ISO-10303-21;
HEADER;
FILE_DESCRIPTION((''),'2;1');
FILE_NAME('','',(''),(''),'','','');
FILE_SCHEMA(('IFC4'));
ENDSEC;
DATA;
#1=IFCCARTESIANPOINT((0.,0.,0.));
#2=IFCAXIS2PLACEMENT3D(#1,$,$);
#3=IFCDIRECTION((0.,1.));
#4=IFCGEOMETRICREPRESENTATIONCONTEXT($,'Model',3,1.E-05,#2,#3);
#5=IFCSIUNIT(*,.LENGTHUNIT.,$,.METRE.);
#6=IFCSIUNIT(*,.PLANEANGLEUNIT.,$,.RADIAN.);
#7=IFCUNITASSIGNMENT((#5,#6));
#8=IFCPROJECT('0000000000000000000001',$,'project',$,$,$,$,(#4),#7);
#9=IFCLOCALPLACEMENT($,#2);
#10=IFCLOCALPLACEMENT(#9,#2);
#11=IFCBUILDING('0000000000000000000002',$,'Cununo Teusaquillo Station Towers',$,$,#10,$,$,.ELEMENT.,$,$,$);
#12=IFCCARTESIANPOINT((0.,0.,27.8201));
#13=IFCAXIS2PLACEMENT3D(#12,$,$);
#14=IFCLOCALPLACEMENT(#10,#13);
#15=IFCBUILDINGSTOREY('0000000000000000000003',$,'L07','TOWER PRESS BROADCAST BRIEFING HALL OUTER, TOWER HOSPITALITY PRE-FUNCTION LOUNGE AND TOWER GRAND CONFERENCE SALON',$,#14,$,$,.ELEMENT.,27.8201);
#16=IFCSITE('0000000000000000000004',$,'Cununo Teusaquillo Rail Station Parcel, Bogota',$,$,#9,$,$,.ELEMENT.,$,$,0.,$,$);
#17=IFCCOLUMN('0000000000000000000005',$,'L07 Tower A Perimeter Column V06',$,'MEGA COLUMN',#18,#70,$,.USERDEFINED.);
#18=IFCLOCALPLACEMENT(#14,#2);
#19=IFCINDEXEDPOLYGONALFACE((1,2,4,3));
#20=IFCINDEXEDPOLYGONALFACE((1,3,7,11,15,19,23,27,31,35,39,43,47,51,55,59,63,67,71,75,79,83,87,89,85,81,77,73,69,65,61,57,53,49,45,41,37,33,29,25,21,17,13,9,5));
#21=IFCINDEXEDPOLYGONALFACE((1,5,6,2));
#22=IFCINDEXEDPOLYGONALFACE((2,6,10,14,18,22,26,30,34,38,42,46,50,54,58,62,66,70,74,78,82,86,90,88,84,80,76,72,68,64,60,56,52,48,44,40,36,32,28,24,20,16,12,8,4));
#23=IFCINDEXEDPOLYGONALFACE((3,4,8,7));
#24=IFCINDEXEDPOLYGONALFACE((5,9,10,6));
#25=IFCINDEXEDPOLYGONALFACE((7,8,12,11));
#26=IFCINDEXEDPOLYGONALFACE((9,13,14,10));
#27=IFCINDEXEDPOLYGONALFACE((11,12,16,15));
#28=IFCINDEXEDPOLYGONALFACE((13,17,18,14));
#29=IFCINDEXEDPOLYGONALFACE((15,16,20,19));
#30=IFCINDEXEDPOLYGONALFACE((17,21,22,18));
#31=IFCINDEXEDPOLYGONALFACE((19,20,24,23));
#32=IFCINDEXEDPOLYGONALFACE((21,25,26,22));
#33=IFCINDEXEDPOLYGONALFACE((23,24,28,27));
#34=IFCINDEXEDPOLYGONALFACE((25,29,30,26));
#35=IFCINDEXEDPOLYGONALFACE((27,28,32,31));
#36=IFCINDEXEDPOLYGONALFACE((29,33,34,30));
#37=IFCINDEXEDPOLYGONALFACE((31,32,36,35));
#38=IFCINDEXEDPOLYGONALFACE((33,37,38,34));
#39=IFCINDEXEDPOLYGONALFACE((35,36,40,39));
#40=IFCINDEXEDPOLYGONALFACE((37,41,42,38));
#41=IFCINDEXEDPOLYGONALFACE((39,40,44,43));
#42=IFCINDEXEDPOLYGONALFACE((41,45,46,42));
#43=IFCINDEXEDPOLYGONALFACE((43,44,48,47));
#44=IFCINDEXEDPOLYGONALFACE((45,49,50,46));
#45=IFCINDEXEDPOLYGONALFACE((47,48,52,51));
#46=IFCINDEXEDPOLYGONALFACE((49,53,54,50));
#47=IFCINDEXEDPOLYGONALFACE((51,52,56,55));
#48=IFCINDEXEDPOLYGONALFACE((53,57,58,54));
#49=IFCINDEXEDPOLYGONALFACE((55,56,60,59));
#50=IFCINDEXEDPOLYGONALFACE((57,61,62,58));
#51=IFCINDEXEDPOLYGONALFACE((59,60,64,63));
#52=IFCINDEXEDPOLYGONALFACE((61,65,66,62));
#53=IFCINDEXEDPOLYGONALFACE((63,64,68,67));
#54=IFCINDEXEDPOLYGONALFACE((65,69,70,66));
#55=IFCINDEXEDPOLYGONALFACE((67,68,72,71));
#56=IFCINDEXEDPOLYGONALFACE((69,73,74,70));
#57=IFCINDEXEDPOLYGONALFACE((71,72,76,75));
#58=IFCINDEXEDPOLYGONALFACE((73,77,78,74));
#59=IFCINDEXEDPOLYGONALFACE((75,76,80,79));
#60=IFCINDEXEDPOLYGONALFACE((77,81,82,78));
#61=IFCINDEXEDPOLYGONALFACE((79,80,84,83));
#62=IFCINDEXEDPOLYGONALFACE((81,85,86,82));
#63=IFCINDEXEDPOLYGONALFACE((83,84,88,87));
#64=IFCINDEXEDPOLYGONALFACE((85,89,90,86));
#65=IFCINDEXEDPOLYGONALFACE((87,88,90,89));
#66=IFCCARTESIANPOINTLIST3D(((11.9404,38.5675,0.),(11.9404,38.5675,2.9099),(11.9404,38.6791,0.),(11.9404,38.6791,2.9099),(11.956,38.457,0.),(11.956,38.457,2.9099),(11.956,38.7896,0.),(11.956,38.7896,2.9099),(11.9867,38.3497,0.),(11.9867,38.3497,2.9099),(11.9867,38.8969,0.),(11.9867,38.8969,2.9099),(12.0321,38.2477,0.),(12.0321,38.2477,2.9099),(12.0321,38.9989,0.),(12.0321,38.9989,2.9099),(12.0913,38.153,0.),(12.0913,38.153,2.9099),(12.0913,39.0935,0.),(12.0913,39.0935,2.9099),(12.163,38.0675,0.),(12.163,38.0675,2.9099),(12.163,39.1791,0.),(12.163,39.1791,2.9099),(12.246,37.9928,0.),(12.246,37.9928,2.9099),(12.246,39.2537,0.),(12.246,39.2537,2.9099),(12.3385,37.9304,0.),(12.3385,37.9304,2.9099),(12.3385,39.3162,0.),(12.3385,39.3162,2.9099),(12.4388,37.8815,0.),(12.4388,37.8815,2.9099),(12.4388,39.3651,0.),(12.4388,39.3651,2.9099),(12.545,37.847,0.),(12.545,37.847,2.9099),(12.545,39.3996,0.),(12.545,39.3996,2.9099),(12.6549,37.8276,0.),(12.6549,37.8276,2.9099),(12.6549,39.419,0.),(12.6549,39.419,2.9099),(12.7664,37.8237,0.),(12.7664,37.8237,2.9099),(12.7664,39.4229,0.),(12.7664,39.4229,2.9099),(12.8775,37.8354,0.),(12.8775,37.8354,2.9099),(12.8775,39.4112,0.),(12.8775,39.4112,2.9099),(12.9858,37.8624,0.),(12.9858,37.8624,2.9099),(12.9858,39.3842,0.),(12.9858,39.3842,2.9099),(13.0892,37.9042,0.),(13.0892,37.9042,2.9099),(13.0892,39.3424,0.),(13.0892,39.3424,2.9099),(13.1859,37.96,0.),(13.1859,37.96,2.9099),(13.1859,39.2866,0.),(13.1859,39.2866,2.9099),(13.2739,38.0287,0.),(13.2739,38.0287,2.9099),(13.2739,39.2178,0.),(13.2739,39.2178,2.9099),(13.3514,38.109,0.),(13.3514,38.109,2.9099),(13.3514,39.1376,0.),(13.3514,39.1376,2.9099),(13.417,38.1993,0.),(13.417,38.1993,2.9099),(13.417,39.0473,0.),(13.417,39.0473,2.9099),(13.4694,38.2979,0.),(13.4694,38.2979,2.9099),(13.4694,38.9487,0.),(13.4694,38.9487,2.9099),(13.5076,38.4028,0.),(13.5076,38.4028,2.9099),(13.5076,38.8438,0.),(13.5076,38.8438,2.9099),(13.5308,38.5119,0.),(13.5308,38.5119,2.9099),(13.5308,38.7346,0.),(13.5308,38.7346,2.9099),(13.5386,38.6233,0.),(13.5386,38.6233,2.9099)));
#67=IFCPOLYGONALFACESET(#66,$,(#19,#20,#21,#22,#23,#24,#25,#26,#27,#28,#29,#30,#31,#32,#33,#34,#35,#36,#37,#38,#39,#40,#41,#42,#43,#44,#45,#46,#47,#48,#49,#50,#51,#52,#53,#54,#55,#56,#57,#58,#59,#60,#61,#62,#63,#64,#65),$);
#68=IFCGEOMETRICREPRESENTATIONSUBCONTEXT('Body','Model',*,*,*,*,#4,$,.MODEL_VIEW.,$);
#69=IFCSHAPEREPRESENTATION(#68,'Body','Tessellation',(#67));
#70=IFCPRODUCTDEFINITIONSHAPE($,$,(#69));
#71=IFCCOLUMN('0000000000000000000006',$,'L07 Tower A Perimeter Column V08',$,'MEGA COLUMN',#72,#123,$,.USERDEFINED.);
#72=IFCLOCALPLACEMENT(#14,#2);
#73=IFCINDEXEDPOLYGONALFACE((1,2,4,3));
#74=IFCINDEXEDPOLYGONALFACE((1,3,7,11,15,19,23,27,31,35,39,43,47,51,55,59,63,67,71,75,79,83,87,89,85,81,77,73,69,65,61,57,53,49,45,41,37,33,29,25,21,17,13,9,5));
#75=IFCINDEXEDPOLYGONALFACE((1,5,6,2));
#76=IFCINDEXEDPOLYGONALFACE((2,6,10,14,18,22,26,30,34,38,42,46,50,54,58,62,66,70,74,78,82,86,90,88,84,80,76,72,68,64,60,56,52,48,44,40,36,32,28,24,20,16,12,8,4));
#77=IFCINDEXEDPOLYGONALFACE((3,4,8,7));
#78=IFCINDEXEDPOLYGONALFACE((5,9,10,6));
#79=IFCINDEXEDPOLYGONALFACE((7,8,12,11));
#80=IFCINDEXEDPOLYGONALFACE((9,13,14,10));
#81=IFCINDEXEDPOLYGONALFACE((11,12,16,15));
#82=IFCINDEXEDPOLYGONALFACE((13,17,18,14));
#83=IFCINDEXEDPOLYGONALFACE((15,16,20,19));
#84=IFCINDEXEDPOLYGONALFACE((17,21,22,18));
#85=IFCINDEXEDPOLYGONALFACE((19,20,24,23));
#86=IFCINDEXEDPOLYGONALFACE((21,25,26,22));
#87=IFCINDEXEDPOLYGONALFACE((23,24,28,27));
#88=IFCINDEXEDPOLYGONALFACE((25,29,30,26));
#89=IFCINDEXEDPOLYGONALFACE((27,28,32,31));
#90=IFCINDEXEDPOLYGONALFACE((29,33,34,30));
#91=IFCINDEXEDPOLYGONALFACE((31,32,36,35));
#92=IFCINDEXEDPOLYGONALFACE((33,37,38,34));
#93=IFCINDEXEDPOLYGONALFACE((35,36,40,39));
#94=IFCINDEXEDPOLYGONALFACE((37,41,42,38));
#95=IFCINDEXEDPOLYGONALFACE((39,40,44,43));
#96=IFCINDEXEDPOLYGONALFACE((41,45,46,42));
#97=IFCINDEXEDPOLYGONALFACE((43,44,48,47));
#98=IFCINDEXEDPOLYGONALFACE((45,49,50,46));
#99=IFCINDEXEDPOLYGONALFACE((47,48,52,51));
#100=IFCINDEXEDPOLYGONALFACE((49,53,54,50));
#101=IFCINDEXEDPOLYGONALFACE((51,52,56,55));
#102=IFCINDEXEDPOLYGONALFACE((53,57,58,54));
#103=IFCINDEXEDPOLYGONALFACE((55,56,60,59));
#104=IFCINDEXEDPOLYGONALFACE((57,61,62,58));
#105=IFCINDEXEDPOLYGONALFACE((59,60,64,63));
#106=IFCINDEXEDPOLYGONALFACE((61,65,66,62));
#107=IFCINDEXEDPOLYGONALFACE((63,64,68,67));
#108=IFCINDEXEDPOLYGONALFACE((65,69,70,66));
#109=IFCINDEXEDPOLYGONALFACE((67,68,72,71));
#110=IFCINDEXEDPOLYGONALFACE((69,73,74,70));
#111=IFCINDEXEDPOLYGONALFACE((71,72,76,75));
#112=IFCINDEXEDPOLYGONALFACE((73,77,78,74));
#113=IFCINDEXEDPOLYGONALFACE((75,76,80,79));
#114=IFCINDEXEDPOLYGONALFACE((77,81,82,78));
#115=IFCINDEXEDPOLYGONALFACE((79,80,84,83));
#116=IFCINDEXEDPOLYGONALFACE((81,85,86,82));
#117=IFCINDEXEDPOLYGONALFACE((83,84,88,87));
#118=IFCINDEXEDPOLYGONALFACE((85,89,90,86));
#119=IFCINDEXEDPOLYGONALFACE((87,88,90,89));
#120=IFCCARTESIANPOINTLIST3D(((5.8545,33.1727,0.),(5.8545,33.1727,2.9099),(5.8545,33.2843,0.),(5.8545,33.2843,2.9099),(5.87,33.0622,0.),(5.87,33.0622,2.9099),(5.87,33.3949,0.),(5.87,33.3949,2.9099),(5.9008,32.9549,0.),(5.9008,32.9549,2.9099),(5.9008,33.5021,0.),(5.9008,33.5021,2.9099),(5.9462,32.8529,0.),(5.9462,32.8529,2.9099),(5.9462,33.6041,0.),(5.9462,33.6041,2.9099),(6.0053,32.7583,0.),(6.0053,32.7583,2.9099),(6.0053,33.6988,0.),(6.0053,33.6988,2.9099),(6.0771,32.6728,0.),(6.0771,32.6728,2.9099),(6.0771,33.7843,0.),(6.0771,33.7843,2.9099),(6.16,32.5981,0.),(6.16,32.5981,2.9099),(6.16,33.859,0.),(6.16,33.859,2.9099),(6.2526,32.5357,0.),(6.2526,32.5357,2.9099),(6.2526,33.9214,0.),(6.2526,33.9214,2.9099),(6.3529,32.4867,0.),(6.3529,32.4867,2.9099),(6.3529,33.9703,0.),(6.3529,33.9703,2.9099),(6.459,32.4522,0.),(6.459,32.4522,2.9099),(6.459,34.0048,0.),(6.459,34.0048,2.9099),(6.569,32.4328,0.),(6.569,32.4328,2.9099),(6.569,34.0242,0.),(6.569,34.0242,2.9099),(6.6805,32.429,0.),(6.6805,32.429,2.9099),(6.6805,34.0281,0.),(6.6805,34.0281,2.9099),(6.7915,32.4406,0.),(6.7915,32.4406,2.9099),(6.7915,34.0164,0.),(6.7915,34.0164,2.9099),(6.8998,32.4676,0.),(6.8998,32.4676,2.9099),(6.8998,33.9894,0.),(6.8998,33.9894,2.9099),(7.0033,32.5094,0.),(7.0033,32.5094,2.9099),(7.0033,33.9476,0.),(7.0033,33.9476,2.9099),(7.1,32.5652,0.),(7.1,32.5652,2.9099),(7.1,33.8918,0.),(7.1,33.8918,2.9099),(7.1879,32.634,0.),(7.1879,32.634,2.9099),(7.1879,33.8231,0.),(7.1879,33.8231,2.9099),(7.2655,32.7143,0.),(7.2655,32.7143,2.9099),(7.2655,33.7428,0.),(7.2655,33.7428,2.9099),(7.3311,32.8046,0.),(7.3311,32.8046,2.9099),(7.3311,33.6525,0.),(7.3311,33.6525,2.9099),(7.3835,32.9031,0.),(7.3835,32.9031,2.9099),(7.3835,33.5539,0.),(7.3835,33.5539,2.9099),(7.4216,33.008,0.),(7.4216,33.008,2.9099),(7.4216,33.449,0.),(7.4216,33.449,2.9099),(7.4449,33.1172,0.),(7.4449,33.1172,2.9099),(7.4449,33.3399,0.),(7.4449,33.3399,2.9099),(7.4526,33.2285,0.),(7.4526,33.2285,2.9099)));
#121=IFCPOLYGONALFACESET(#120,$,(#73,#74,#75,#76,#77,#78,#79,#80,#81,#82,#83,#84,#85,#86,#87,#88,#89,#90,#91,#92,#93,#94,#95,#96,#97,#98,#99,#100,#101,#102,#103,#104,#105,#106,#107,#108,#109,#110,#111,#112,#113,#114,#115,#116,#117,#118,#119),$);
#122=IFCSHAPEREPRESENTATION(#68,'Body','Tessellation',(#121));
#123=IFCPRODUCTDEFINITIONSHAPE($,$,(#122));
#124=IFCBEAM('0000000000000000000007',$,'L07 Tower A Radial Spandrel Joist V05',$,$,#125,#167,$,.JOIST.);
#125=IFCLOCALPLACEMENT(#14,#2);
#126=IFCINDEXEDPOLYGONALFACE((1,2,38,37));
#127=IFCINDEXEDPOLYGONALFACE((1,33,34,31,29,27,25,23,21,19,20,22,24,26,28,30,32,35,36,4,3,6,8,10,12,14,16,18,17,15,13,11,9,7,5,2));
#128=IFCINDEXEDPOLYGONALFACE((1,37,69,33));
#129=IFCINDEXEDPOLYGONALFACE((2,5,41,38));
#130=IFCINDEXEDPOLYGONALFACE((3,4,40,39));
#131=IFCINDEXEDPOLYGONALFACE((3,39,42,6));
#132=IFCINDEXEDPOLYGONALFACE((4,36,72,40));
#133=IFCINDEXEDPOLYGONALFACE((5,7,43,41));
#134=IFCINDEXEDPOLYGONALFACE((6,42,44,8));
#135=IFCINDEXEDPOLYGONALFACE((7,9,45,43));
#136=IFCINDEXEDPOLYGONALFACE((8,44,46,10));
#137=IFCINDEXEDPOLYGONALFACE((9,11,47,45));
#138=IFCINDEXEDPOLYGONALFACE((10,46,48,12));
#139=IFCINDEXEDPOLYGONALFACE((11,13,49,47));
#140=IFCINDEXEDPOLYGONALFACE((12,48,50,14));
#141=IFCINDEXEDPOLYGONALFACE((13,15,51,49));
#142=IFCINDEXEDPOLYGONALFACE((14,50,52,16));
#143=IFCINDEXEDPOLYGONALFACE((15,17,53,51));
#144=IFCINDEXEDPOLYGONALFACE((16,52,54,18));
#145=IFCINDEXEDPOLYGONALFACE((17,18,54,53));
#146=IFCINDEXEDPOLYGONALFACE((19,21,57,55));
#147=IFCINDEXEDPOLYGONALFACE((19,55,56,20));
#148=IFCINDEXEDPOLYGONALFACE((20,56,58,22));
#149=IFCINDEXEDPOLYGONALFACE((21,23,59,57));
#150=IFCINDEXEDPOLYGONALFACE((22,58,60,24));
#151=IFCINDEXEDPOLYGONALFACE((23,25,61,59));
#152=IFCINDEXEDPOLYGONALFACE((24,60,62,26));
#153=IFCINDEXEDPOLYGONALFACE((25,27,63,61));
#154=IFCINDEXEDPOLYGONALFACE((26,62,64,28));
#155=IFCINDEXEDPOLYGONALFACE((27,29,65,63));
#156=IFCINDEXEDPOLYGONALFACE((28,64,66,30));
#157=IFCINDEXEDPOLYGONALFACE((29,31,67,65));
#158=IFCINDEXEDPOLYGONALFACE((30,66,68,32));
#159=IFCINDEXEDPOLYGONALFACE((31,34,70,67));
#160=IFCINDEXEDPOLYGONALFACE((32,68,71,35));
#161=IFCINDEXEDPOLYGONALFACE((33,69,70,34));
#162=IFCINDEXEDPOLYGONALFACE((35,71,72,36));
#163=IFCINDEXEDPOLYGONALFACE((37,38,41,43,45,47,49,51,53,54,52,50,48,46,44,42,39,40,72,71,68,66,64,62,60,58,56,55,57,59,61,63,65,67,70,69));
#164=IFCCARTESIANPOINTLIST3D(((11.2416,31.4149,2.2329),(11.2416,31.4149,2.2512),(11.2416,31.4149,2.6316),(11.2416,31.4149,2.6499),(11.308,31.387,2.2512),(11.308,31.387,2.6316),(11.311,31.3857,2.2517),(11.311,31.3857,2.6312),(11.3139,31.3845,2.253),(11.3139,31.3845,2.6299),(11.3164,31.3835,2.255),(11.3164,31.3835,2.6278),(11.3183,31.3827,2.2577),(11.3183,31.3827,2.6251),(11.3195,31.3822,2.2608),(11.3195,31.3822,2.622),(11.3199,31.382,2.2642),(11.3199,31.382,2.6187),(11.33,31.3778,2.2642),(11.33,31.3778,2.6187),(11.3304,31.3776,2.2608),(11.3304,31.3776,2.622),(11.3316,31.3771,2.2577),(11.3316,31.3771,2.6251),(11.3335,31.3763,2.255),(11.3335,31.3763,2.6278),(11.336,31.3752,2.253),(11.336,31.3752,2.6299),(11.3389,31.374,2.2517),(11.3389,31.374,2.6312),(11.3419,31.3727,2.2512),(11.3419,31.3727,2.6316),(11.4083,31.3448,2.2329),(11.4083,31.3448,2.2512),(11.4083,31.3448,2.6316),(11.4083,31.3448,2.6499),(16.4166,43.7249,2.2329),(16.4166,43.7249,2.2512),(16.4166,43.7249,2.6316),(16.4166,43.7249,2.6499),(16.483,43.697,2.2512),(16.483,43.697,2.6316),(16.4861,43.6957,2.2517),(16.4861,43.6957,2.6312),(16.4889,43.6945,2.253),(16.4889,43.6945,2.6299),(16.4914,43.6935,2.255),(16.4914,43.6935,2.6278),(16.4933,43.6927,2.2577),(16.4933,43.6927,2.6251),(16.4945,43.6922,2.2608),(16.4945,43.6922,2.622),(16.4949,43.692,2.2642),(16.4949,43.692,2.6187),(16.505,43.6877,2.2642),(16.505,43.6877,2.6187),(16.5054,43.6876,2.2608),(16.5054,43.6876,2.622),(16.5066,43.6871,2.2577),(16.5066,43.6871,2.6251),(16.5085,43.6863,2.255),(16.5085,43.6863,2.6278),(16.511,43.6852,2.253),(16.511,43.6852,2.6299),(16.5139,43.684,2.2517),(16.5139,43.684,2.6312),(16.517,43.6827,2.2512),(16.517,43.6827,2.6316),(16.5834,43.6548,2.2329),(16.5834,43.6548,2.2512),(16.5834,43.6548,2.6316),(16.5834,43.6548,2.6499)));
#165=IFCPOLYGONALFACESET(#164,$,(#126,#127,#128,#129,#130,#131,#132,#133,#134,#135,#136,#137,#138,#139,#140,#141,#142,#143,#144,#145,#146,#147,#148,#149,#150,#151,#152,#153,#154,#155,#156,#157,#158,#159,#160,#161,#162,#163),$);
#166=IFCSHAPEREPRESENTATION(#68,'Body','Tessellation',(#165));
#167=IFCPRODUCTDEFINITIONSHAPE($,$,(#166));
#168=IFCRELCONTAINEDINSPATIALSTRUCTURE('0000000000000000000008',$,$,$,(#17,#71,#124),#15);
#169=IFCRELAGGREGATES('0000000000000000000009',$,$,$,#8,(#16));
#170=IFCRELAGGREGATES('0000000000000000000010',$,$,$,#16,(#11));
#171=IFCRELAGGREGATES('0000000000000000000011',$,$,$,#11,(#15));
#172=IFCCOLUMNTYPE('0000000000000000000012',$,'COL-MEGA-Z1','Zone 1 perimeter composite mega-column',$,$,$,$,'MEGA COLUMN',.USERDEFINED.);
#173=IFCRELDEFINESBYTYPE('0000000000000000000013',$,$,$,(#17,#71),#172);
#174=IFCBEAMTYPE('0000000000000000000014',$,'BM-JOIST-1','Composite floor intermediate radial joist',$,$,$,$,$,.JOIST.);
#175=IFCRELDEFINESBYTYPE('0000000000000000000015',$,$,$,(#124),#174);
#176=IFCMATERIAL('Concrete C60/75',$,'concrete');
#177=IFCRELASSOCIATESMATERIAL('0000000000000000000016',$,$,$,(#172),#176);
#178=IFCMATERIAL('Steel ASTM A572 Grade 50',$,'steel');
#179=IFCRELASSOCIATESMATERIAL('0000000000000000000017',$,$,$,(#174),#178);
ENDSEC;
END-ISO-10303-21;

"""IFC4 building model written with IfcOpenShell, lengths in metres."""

from ifc_helpers import new_model, si_unit, direction, frame, origin, origin_2d, place, context, subcontext, project, spatial, circle, i_section, extrude, material, material_profile, profile_set, type_object, element, save


model = new_model("IFC4")

# Units and contexts
model_context = context("Model", 3, precision=1e-05, world=origin(), true_north=direction((0.0, 1.0)))
body_context = subcontext(model_context, "Body", "Model", "MODEL_VIEW")
ifc_project = project(units=[si_unit("LENGTHUNIT", "METRE"), si_unit("PLANEANGLEUNIT", "RADIAN")], contexts=[model_context])

# Site, building, storey
site_placement = place(None, origin())
site = spatial("IfcSite", under=ifc_project, at=site_placement, Name="Cununo Teusaquillo Rail Station Parcel, Bogota", CompositionType="ELEMENT", RefElevation=0.0)
building_placement = place(site_placement, origin())
building = spatial("IfcBuilding", under=site, at=building_placement, Name="Cununo Teusaquillo Station Towers", CompositionType="ELEMENT")
storey_placement = place(building_placement, frame((0.0, 0.0, 27.8201)))
storey = spatial("IfcBuildingStorey", under=building, at=storey_placement, Name="L07", Description="TOWER PRESS BROADCAST BRIEFING HALL OUTER, TOWER HOSPITALITY PRE-FUNCTION LOUNGE AND TOWER GRAND CONFERENCE SALON", CompositionType="ELEMENT", Elevation=27.8201)

# Columns
ifc_material_1 = material(Name="Concrete C60/75", Category="concrete")
ifc_material_profile_1 = material_profile(ifc_material_1, circle(Radius=0.8, at=origin_2d()), Name="RC-CIRC-1600")
ifc_profile_set_1 = profile_set([ifc_material_profile_1], Name="Concrete C60/75")
column_type = type_object("IfcColumnType", Name="COL-MEGA-Z1", Description="Zone 1 perimeter composite mega-column", ElementType="MEGA COLUMN", PredefinedType="USERDEFINED", material=ifc_profile_set_1)
for number, where, z_axis, x_axis, name in (
    (1, (12.7385, 38.6233, 0.0), (0.0, 0.0, 1.0), (1.0, 0.0, 0.0), "L07 Tower A Perimeter Column V06"),
    (2, (6.6526, 33.2285, 0.0), (0.0, 0.0, 1.0), (1.0, 0.0, 0.0), "L07 Tower A Perimeter Column V08"),
):
    element("IfcColumn", number, at=place(storey_placement, frame(where, z_axis=z_axis, x_axis=x_axis)), inside=storey, type_object=column_type, Name=name, ObjectType="MEGA COLUMN", PredefinedType="USERDEFINED", context=body_context, shape_type="SweptSolid", body=[
        extrude(circle(Radius=0.8, at=origin_2d()), origin(), (0.0, 0.0, 1.0), 2.9099),
    ])

# Beam
ifc_material_2 = material(Name="Steel ASTM A572 Grade 50", Category="steel")
ifc_material_profile_2 = material_profile(ifc_material_2, i_section(OverallWidth=0.1809, OverallDepth=0.417, WebThickness=0.011, FlangeThickness=0.0183, FilletRadius=0.0129, at=origin_2d()), Name="W16X57")
ifc_profile_set_2 = profile_set([ifc_material_profile_2], Name="Steel ASTM A572 Grade 50")
beam_type_1 = type_object("IfcBeamType", Name="BM-JOIST-1", Description="Composite floor intermediate radial joist", PredefinedType="JOIST", material=ifc_profile_set_2)
beam_1_placement = place(storey_placement, frame((11.325, 31.3799, 2.4414), z_axis=(0.38754, 0.921853, 0.0), x_axis=(-0.921853, 0.38754, 0.0)))
element("IfcBeam", 3, at=beam_1_placement, inside=storey, type_object=beam_type_1, Name="L07 Tower A Radial Spandrel Joist V05", PredefinedType="JOIST", context=body_context, shape_type="SweptSolid", body=[
    extrude(i_section(OverallWidth=0.1809, OverallDepth=0.417, WebThickness=0.011, FlangeThickness=0.0183, FilletRadius=0.0129, at=origin_2d()), origin(), (0.0, 0.0, 1.0), 13.3535),
])

save(model, "model.ifc")
